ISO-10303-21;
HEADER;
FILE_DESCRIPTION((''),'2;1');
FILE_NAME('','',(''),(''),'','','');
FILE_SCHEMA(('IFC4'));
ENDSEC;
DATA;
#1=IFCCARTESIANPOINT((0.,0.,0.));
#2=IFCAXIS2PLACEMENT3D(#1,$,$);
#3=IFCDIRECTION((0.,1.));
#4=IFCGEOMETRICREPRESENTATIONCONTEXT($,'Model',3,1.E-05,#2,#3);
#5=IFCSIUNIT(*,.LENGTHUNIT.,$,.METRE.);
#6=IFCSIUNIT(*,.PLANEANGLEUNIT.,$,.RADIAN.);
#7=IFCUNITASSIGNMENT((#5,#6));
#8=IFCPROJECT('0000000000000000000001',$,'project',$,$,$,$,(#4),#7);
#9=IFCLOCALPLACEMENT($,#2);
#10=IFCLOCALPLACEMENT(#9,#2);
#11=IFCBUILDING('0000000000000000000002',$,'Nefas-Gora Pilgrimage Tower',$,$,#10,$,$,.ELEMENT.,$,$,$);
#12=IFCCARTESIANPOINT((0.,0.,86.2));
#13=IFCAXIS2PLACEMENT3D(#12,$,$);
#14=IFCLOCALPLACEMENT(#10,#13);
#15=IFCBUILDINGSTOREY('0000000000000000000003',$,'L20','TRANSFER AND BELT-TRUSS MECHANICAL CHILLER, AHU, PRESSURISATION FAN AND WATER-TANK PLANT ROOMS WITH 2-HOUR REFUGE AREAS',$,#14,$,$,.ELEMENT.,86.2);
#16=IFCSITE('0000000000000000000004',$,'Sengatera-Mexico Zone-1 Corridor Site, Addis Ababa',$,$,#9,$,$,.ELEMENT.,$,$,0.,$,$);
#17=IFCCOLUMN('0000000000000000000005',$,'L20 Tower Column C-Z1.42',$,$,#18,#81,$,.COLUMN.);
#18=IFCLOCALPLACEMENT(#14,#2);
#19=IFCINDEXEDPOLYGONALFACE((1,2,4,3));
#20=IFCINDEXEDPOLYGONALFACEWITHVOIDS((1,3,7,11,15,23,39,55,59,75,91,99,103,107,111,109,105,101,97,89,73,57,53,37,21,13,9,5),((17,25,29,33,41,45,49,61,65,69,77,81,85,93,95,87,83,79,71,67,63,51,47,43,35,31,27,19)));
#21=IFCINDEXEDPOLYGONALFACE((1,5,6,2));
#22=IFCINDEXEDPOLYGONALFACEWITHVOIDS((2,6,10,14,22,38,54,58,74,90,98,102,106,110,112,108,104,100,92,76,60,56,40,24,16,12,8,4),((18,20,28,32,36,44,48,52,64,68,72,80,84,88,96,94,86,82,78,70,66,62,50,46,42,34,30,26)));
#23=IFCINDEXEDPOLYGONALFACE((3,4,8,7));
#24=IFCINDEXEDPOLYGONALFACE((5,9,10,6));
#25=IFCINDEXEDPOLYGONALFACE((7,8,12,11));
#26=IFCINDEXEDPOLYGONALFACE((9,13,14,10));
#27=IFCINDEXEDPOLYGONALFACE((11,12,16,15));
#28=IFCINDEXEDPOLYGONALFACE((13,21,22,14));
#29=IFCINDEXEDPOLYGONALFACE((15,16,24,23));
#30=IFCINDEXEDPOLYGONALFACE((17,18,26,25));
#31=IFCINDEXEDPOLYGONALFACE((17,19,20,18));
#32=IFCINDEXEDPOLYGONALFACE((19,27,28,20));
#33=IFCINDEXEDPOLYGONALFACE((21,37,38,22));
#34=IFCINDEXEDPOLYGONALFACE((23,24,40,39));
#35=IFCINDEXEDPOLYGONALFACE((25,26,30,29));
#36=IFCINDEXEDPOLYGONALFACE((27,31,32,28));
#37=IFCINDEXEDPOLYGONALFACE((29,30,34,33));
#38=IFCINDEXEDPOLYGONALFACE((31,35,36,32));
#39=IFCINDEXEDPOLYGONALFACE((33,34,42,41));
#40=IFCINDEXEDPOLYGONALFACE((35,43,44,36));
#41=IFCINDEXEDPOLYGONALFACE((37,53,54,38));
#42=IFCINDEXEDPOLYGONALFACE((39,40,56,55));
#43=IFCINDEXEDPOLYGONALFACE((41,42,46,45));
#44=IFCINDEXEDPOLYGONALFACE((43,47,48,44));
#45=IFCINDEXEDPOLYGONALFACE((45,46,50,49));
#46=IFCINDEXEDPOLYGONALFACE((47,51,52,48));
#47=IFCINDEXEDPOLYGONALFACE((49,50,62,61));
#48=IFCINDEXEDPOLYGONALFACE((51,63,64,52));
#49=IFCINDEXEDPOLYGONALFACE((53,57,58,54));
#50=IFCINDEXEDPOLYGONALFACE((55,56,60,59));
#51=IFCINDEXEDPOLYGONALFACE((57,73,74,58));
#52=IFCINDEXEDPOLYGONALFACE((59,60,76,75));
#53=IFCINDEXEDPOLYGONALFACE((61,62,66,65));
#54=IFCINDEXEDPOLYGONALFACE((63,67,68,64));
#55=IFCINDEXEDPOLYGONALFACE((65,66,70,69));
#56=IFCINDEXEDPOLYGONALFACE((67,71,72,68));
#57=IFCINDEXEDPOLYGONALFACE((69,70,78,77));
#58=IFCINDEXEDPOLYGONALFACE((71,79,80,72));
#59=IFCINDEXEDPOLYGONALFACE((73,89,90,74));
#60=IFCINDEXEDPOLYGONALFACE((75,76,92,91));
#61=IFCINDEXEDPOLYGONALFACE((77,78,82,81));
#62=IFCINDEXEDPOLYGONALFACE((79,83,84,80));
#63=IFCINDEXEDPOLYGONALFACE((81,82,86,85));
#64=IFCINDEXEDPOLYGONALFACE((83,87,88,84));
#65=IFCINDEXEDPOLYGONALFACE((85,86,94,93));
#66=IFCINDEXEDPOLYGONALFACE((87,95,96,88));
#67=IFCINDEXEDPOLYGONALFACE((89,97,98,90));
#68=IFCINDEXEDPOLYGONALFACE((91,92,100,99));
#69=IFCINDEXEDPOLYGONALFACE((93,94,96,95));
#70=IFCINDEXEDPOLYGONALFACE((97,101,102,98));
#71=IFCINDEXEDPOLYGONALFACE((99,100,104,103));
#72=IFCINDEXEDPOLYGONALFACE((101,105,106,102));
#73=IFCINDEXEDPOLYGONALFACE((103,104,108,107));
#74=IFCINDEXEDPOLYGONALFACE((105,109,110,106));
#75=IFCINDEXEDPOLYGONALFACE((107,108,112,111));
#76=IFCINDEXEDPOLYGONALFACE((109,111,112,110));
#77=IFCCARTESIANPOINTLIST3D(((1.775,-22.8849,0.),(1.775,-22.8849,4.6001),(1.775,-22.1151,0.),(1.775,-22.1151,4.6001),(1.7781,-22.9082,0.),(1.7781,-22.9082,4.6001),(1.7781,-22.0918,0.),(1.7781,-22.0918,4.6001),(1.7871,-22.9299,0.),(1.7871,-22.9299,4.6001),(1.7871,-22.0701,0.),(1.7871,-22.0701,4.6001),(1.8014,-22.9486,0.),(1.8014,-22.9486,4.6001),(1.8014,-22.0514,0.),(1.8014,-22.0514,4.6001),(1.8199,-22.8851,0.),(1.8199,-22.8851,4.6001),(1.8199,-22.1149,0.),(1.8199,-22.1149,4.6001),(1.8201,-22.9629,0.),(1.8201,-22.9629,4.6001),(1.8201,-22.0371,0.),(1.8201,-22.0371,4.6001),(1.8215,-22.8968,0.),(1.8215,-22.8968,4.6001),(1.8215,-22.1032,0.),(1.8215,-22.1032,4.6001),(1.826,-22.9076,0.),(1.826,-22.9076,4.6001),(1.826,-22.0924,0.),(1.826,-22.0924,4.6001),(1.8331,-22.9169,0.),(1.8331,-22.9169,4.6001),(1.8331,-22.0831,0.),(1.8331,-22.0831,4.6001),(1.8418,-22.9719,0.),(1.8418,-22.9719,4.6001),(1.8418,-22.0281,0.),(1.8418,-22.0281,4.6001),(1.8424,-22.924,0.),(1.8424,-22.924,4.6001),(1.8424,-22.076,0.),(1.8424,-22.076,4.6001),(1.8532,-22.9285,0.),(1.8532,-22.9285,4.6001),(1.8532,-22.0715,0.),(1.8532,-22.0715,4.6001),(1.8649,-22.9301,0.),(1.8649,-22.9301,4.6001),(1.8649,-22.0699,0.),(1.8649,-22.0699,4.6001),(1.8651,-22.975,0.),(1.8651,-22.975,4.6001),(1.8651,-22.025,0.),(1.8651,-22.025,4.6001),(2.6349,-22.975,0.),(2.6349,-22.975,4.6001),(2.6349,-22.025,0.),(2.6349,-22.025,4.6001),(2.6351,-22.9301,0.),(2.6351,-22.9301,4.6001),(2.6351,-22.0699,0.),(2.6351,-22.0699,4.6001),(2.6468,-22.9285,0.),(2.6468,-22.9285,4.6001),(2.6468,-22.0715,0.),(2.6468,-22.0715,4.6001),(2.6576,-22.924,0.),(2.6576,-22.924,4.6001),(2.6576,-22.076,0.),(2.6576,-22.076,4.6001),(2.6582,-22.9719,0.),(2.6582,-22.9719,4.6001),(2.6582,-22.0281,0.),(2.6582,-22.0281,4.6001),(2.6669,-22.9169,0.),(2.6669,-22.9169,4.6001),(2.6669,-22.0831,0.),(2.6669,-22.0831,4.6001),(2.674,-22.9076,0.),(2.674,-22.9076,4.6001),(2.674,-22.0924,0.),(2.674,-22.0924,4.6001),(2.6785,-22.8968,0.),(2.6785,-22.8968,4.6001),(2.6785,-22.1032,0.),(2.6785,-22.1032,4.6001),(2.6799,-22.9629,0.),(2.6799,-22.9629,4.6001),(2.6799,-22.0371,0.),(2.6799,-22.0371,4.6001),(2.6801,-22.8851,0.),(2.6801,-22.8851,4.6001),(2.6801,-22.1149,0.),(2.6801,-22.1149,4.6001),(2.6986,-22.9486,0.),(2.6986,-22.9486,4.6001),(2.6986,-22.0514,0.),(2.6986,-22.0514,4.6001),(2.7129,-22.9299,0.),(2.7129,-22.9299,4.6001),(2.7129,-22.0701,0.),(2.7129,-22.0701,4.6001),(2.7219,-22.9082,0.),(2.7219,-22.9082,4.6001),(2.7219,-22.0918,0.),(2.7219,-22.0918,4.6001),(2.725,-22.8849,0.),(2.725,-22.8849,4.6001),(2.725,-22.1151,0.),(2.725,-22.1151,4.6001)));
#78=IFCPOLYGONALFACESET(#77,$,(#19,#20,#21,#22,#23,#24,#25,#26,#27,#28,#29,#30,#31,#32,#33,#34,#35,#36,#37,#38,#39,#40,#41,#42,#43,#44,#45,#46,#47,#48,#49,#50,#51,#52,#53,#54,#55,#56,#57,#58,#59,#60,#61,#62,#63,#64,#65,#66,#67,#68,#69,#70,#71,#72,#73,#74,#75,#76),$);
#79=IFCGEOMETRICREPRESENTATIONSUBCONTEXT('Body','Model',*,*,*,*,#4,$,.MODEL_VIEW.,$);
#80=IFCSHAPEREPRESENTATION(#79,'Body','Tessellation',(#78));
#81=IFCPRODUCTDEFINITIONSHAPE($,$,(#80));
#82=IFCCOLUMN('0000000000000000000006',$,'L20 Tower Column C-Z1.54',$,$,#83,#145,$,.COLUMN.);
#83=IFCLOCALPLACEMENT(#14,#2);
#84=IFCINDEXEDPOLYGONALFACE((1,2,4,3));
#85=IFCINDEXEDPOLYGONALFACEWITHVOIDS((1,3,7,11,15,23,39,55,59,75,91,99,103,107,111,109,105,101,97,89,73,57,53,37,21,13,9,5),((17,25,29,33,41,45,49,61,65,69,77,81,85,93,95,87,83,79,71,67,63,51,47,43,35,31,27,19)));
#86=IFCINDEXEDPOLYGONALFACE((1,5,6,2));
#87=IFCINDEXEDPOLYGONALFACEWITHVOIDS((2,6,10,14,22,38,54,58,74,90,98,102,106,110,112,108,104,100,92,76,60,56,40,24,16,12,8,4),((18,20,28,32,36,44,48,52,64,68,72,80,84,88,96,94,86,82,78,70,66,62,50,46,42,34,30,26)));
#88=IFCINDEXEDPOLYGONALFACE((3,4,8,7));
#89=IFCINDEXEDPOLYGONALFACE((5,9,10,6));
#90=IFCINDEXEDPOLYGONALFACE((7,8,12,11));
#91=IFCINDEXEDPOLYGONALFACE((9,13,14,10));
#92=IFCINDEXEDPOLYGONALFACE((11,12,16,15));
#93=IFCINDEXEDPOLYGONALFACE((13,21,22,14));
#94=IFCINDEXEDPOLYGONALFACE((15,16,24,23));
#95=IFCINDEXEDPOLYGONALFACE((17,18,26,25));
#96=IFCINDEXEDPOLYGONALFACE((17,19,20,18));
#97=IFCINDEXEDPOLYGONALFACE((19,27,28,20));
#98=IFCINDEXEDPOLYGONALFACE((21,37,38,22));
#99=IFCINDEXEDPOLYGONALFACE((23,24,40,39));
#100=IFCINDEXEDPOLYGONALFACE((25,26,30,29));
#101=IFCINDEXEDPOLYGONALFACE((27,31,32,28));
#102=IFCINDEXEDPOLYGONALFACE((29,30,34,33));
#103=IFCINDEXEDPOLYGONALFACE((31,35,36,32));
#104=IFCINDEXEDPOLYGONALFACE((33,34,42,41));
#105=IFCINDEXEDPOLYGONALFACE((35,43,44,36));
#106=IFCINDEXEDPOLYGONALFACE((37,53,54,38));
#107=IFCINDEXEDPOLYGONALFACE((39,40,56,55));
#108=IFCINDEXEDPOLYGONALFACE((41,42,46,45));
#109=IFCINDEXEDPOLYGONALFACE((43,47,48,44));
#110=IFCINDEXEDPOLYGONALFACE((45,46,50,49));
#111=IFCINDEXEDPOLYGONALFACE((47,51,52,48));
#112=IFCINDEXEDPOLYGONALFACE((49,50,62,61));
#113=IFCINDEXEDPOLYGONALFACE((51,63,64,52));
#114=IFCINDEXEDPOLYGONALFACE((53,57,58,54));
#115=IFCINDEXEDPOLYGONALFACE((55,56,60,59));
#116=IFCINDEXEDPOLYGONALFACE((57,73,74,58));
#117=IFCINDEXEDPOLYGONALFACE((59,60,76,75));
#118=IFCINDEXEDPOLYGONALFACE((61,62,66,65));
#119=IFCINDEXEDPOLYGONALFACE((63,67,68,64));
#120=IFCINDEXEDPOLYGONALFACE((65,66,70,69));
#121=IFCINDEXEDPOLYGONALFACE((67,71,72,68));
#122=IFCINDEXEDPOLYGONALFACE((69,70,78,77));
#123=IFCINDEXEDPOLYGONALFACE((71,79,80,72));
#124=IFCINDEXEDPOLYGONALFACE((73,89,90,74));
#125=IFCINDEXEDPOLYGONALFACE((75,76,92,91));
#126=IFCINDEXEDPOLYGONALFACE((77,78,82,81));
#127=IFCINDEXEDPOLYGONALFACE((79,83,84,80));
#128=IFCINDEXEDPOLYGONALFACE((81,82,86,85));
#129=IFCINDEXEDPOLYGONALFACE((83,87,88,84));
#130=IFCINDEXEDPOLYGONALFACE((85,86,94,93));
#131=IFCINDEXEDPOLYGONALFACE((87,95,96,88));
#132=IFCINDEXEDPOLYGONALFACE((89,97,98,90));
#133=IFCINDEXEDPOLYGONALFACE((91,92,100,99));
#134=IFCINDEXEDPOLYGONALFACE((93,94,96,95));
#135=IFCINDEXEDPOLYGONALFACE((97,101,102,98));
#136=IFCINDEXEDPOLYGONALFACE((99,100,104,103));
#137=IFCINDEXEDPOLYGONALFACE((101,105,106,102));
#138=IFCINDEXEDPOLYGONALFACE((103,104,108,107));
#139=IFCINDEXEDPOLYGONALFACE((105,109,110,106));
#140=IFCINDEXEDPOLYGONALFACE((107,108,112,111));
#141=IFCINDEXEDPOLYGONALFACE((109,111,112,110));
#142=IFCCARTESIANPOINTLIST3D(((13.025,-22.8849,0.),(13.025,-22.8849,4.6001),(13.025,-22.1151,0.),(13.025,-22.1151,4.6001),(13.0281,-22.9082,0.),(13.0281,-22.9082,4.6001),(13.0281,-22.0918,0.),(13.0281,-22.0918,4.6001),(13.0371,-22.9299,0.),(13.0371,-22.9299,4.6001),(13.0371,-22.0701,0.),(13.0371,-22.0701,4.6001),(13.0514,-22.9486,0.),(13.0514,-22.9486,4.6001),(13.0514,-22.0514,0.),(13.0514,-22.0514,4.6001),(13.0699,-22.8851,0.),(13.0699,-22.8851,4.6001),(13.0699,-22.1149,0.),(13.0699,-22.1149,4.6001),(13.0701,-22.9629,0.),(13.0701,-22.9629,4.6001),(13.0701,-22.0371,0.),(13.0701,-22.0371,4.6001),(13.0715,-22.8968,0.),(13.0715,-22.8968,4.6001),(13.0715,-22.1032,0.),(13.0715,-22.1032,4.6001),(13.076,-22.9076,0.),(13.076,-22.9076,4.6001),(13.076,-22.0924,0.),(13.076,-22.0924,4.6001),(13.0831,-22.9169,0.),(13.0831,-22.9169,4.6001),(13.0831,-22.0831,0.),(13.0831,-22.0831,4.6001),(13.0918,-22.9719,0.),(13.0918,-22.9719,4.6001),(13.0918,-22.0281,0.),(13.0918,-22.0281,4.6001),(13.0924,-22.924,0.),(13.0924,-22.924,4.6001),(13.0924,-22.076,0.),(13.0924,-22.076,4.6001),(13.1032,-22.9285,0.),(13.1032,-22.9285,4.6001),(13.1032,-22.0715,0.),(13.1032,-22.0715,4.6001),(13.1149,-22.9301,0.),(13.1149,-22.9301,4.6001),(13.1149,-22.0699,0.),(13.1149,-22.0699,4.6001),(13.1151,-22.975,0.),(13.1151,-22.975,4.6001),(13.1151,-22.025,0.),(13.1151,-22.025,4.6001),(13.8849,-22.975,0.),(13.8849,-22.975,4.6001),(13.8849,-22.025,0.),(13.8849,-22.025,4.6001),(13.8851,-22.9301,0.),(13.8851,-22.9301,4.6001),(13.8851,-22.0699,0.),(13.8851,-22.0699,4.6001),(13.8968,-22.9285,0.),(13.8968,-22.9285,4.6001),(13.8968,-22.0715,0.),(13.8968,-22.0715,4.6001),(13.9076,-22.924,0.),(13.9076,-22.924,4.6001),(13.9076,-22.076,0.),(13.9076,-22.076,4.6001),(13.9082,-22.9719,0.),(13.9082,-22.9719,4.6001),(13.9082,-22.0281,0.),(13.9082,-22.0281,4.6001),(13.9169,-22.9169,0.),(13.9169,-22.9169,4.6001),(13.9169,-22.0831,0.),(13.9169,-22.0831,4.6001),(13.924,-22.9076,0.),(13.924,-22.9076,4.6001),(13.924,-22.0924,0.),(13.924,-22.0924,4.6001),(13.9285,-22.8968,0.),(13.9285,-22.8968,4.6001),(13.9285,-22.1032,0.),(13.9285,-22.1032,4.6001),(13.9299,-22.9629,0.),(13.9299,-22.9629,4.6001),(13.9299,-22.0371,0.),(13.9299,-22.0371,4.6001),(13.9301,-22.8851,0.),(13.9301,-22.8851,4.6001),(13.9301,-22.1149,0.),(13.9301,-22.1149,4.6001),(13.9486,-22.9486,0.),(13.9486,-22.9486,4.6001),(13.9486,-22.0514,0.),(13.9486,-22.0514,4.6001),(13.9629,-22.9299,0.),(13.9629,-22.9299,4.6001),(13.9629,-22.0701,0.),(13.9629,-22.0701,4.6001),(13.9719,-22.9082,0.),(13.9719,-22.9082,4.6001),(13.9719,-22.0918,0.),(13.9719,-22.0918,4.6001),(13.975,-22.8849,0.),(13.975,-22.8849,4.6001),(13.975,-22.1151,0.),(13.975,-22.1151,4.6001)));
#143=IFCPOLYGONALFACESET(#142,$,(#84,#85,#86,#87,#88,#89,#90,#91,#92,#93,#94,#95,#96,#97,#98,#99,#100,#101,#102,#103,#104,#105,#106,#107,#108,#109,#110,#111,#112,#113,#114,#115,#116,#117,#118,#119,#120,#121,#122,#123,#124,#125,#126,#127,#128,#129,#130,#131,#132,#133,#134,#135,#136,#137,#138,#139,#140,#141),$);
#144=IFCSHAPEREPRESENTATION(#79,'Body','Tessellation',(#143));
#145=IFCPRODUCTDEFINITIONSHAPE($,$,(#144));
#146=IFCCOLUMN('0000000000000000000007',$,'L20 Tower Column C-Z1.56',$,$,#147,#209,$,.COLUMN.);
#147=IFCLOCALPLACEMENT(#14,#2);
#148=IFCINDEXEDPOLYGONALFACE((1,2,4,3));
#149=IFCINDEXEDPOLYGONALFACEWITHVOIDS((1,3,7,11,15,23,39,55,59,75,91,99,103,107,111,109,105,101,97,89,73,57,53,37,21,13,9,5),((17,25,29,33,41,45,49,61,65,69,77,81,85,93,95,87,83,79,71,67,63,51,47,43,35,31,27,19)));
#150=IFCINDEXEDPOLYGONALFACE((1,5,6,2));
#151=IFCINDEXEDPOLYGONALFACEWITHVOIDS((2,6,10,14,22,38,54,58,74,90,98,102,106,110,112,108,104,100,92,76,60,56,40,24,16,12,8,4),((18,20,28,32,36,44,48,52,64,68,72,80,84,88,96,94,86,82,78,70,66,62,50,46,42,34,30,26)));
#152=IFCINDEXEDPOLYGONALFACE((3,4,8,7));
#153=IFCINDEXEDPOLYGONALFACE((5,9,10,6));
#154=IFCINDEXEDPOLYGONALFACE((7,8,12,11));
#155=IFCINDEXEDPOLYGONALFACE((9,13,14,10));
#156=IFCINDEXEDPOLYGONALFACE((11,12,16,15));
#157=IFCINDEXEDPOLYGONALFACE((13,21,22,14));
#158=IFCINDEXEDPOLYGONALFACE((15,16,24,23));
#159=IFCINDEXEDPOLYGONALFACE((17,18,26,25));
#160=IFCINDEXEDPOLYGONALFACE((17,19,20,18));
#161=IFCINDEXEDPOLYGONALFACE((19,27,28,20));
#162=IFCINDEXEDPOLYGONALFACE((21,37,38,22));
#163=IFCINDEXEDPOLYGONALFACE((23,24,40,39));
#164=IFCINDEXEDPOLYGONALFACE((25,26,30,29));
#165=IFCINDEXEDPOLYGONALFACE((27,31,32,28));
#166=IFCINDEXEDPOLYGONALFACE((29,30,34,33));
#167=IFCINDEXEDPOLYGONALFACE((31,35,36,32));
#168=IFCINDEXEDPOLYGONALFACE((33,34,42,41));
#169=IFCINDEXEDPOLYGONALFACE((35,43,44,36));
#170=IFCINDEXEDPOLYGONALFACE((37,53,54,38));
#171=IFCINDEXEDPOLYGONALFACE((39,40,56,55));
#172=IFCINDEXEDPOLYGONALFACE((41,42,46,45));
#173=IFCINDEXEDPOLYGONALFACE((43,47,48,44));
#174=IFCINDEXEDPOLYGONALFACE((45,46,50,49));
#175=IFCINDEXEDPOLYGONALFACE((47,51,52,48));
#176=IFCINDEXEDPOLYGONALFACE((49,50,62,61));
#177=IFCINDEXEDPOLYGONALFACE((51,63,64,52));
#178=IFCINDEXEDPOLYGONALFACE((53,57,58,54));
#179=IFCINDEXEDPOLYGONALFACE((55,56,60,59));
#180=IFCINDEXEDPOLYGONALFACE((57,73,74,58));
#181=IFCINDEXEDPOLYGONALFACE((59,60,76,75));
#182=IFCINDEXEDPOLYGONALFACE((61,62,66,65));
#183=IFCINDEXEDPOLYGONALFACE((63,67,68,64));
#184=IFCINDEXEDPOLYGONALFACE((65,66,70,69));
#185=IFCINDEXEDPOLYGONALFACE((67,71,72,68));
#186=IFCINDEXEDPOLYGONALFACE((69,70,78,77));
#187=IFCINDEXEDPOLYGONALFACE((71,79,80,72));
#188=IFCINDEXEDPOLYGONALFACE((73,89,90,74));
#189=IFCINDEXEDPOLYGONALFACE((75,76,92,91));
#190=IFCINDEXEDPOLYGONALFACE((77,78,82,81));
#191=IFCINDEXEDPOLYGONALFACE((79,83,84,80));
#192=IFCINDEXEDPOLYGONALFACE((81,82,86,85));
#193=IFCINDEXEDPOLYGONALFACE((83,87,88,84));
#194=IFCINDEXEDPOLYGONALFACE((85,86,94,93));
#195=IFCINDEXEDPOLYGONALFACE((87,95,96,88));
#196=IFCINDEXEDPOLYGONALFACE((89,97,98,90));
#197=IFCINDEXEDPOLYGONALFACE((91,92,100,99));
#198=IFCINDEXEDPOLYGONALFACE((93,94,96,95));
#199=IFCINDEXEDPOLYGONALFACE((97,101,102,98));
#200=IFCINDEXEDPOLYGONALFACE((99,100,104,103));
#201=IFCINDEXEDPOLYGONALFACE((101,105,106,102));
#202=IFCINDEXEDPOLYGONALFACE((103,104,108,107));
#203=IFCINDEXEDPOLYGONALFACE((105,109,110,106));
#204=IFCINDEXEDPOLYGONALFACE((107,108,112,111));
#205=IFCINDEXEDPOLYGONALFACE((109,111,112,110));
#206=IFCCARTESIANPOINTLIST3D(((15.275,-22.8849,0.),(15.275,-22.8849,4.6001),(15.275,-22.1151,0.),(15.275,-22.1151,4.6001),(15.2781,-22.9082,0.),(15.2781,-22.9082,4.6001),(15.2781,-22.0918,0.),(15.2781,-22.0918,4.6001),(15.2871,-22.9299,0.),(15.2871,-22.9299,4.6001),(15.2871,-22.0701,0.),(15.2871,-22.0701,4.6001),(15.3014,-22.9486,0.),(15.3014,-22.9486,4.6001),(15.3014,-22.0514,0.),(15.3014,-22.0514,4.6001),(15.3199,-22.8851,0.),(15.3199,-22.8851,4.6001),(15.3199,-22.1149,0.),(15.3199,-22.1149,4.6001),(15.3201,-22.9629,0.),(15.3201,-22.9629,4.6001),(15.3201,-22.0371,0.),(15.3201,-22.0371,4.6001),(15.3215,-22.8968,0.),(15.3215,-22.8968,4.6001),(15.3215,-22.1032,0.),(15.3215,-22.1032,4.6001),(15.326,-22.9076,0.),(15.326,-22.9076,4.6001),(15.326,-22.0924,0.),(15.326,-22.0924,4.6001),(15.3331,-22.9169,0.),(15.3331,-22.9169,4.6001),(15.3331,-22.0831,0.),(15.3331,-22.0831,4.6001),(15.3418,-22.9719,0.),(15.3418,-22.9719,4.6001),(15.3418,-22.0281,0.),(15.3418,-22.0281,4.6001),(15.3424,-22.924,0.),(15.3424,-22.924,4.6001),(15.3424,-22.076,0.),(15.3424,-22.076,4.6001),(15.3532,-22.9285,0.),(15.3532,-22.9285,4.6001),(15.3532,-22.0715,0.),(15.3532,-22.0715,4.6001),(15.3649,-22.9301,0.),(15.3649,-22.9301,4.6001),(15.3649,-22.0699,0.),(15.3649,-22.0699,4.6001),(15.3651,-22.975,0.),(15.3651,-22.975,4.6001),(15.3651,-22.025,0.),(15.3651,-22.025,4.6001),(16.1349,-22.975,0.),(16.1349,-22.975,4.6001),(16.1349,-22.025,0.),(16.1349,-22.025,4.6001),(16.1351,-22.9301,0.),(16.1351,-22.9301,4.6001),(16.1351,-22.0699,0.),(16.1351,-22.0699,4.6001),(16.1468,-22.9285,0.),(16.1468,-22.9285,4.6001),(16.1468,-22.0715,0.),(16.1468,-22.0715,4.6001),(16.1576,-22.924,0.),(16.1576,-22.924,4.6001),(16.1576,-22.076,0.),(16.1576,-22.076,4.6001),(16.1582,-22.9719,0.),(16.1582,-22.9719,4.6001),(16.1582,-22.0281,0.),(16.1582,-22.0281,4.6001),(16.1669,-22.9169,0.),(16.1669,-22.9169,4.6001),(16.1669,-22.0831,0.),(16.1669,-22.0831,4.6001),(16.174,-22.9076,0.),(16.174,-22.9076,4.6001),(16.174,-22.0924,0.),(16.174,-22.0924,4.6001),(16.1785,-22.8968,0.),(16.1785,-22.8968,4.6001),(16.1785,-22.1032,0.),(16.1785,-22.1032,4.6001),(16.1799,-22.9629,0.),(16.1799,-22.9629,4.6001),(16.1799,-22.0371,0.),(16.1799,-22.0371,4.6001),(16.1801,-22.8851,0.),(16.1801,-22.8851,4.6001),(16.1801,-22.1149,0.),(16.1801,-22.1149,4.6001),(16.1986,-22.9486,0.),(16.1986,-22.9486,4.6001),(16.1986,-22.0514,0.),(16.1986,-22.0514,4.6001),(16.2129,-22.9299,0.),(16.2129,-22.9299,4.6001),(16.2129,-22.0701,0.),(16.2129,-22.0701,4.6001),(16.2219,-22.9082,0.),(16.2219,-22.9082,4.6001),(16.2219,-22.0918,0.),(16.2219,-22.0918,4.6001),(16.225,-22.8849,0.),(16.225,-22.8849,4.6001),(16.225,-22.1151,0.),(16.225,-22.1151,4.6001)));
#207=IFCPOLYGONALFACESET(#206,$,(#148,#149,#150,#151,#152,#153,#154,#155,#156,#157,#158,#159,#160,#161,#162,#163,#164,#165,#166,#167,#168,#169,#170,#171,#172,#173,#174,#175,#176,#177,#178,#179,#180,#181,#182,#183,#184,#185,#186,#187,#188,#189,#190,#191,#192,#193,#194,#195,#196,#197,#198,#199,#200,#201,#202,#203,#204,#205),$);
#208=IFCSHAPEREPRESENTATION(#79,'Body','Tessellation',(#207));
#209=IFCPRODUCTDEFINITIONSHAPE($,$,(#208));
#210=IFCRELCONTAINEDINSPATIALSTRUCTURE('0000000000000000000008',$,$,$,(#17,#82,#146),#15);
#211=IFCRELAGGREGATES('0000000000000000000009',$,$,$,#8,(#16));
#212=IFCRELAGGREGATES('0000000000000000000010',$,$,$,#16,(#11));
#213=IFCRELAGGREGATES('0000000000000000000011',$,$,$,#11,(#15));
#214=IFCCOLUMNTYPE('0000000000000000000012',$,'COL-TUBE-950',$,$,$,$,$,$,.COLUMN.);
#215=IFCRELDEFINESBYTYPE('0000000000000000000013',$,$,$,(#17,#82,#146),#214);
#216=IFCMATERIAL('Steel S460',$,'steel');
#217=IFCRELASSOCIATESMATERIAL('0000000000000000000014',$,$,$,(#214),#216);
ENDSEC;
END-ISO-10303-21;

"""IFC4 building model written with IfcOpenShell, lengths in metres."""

from ifc_helpers import new_model, si_unit, direction, frame, origin, origin_2d, place, context, subcontext, project, spatial, hollow_rectangle, extrude, source, transform, mapped, material, material_profile, profile_set, type_object, element, save


model = new_model("IFC4")

# Units and contexts
model_context = context("Model", 3, precision=1e-05, world=origin(), true_north=direction((0.0, 1.0)))
body_context = subcontext(model_context, "Body", "Model", "MODEL_VIEW")
ifc_project = project(units=[si_unit("LENGTHUNIT", "METRE"), si_unit("PLANEANGLEUNIT", "RADIAN")], contexts=[model_context])

# Site, building, storey
site_placement = place(None, origin())
site = spatial("IfcSite", under=ifc_project, at=site_placement, Name="Sengatera-Mexico Zone-1 Corridor Site, Addis Ababa", CompositionType="ELEMENT", RefElevation=0.0)
building_placement = place(site_placement, origin())
building = spatial("IfcBuilding", under=site, at=building_placement, Name="Nefas-Gora Pilgrimage Tower", CompositionType="ELEMENT")
storey_placement = place(building_placement, frame((0.0, 0.0, 86.2)))
storey = spatial("IfcBuildingStorey", under=building, at=storey_placement, Name="L20", Description="TRANSFER AND BELT-TRUSS MECHANICAL CHILLER, AHU, PRESSURISATION FAN AND WATER-TANK PLANT ROOMS WITH 2-HOUR REFUGE AREAS", CompositionType="ELEMENT", Elevation=86.2)

# Columns
ifc_material_1 = material(Name="Steel S460", Category="steel")
ifc_material_profile_1 = material_profile(ifc_material_1, hollow_rectangle(XDim=0.95, YDim=0.95, WallThickness=0.0449, InnerFilletRadius=0.0449, OuterFilletRadius=0.0901, at=origin_2d()), Name="BOX 950x950x45")
ifc_profile_set_1 = profile_set([ifc_material_profile_1], Name="Steel S460")
column_type_1 = type_object("IfcColumnType", Name="COL-TUBE-950", PredefinedType="COLUMN", material=ifc_profile_set_1)
shared_shape_1 = source(origin(), body_context, "Body", "SweptSolid", [
    extrude(hollow_rectangle(XDim=0.95, YDim=0.95, WallThickness=0.0449, InnerFilletRadius=0.0449, OuterFilletRadius=0.0901, at=origin_2d()), origin(), (0.0, 0.0, 1.0), 4.6001),
])
for number, where, z_axis, x_axis, name in (
    (1, (2.25, -22.5, 0.0), (0.0, 0.0, 1.0), (1.0, 0.0, 0.0), "L20 Tower Column C-Z1.42"),
    (2, (13.5, -22.5, 0.0), (0.0, 0.0, 1.0), (1.0, 0.0, 0.0), "L20 Tower Column C-Z1.54"),
    (3, (15.75, -22.5, 0.0), (0.0, 0.0, 1.0), (1.0, 0.0, 0.0), "L20 Tower Column C-Z1.56"),
):
    element("IfcColumn", number, at=place(storey_placement, frame(where, z_axis=z_axis, x_axis=x_axis)), inside=storey, type_object=column_type_1, Name=name, PredefinedType="COLUMN", context=body_context, shape_type="MappedRepresentation", body=[
        mapped(shared_shape_1, transform((0.0, 0.0, 0.0), x_axis=(1.0, 0.0, 0.0), y_axis=(0.0, 1.0, 0.0), z_axis=(0.0, 0.0, 1.0), scale=1.0)),
    ])

save(model, "model.ifc")
